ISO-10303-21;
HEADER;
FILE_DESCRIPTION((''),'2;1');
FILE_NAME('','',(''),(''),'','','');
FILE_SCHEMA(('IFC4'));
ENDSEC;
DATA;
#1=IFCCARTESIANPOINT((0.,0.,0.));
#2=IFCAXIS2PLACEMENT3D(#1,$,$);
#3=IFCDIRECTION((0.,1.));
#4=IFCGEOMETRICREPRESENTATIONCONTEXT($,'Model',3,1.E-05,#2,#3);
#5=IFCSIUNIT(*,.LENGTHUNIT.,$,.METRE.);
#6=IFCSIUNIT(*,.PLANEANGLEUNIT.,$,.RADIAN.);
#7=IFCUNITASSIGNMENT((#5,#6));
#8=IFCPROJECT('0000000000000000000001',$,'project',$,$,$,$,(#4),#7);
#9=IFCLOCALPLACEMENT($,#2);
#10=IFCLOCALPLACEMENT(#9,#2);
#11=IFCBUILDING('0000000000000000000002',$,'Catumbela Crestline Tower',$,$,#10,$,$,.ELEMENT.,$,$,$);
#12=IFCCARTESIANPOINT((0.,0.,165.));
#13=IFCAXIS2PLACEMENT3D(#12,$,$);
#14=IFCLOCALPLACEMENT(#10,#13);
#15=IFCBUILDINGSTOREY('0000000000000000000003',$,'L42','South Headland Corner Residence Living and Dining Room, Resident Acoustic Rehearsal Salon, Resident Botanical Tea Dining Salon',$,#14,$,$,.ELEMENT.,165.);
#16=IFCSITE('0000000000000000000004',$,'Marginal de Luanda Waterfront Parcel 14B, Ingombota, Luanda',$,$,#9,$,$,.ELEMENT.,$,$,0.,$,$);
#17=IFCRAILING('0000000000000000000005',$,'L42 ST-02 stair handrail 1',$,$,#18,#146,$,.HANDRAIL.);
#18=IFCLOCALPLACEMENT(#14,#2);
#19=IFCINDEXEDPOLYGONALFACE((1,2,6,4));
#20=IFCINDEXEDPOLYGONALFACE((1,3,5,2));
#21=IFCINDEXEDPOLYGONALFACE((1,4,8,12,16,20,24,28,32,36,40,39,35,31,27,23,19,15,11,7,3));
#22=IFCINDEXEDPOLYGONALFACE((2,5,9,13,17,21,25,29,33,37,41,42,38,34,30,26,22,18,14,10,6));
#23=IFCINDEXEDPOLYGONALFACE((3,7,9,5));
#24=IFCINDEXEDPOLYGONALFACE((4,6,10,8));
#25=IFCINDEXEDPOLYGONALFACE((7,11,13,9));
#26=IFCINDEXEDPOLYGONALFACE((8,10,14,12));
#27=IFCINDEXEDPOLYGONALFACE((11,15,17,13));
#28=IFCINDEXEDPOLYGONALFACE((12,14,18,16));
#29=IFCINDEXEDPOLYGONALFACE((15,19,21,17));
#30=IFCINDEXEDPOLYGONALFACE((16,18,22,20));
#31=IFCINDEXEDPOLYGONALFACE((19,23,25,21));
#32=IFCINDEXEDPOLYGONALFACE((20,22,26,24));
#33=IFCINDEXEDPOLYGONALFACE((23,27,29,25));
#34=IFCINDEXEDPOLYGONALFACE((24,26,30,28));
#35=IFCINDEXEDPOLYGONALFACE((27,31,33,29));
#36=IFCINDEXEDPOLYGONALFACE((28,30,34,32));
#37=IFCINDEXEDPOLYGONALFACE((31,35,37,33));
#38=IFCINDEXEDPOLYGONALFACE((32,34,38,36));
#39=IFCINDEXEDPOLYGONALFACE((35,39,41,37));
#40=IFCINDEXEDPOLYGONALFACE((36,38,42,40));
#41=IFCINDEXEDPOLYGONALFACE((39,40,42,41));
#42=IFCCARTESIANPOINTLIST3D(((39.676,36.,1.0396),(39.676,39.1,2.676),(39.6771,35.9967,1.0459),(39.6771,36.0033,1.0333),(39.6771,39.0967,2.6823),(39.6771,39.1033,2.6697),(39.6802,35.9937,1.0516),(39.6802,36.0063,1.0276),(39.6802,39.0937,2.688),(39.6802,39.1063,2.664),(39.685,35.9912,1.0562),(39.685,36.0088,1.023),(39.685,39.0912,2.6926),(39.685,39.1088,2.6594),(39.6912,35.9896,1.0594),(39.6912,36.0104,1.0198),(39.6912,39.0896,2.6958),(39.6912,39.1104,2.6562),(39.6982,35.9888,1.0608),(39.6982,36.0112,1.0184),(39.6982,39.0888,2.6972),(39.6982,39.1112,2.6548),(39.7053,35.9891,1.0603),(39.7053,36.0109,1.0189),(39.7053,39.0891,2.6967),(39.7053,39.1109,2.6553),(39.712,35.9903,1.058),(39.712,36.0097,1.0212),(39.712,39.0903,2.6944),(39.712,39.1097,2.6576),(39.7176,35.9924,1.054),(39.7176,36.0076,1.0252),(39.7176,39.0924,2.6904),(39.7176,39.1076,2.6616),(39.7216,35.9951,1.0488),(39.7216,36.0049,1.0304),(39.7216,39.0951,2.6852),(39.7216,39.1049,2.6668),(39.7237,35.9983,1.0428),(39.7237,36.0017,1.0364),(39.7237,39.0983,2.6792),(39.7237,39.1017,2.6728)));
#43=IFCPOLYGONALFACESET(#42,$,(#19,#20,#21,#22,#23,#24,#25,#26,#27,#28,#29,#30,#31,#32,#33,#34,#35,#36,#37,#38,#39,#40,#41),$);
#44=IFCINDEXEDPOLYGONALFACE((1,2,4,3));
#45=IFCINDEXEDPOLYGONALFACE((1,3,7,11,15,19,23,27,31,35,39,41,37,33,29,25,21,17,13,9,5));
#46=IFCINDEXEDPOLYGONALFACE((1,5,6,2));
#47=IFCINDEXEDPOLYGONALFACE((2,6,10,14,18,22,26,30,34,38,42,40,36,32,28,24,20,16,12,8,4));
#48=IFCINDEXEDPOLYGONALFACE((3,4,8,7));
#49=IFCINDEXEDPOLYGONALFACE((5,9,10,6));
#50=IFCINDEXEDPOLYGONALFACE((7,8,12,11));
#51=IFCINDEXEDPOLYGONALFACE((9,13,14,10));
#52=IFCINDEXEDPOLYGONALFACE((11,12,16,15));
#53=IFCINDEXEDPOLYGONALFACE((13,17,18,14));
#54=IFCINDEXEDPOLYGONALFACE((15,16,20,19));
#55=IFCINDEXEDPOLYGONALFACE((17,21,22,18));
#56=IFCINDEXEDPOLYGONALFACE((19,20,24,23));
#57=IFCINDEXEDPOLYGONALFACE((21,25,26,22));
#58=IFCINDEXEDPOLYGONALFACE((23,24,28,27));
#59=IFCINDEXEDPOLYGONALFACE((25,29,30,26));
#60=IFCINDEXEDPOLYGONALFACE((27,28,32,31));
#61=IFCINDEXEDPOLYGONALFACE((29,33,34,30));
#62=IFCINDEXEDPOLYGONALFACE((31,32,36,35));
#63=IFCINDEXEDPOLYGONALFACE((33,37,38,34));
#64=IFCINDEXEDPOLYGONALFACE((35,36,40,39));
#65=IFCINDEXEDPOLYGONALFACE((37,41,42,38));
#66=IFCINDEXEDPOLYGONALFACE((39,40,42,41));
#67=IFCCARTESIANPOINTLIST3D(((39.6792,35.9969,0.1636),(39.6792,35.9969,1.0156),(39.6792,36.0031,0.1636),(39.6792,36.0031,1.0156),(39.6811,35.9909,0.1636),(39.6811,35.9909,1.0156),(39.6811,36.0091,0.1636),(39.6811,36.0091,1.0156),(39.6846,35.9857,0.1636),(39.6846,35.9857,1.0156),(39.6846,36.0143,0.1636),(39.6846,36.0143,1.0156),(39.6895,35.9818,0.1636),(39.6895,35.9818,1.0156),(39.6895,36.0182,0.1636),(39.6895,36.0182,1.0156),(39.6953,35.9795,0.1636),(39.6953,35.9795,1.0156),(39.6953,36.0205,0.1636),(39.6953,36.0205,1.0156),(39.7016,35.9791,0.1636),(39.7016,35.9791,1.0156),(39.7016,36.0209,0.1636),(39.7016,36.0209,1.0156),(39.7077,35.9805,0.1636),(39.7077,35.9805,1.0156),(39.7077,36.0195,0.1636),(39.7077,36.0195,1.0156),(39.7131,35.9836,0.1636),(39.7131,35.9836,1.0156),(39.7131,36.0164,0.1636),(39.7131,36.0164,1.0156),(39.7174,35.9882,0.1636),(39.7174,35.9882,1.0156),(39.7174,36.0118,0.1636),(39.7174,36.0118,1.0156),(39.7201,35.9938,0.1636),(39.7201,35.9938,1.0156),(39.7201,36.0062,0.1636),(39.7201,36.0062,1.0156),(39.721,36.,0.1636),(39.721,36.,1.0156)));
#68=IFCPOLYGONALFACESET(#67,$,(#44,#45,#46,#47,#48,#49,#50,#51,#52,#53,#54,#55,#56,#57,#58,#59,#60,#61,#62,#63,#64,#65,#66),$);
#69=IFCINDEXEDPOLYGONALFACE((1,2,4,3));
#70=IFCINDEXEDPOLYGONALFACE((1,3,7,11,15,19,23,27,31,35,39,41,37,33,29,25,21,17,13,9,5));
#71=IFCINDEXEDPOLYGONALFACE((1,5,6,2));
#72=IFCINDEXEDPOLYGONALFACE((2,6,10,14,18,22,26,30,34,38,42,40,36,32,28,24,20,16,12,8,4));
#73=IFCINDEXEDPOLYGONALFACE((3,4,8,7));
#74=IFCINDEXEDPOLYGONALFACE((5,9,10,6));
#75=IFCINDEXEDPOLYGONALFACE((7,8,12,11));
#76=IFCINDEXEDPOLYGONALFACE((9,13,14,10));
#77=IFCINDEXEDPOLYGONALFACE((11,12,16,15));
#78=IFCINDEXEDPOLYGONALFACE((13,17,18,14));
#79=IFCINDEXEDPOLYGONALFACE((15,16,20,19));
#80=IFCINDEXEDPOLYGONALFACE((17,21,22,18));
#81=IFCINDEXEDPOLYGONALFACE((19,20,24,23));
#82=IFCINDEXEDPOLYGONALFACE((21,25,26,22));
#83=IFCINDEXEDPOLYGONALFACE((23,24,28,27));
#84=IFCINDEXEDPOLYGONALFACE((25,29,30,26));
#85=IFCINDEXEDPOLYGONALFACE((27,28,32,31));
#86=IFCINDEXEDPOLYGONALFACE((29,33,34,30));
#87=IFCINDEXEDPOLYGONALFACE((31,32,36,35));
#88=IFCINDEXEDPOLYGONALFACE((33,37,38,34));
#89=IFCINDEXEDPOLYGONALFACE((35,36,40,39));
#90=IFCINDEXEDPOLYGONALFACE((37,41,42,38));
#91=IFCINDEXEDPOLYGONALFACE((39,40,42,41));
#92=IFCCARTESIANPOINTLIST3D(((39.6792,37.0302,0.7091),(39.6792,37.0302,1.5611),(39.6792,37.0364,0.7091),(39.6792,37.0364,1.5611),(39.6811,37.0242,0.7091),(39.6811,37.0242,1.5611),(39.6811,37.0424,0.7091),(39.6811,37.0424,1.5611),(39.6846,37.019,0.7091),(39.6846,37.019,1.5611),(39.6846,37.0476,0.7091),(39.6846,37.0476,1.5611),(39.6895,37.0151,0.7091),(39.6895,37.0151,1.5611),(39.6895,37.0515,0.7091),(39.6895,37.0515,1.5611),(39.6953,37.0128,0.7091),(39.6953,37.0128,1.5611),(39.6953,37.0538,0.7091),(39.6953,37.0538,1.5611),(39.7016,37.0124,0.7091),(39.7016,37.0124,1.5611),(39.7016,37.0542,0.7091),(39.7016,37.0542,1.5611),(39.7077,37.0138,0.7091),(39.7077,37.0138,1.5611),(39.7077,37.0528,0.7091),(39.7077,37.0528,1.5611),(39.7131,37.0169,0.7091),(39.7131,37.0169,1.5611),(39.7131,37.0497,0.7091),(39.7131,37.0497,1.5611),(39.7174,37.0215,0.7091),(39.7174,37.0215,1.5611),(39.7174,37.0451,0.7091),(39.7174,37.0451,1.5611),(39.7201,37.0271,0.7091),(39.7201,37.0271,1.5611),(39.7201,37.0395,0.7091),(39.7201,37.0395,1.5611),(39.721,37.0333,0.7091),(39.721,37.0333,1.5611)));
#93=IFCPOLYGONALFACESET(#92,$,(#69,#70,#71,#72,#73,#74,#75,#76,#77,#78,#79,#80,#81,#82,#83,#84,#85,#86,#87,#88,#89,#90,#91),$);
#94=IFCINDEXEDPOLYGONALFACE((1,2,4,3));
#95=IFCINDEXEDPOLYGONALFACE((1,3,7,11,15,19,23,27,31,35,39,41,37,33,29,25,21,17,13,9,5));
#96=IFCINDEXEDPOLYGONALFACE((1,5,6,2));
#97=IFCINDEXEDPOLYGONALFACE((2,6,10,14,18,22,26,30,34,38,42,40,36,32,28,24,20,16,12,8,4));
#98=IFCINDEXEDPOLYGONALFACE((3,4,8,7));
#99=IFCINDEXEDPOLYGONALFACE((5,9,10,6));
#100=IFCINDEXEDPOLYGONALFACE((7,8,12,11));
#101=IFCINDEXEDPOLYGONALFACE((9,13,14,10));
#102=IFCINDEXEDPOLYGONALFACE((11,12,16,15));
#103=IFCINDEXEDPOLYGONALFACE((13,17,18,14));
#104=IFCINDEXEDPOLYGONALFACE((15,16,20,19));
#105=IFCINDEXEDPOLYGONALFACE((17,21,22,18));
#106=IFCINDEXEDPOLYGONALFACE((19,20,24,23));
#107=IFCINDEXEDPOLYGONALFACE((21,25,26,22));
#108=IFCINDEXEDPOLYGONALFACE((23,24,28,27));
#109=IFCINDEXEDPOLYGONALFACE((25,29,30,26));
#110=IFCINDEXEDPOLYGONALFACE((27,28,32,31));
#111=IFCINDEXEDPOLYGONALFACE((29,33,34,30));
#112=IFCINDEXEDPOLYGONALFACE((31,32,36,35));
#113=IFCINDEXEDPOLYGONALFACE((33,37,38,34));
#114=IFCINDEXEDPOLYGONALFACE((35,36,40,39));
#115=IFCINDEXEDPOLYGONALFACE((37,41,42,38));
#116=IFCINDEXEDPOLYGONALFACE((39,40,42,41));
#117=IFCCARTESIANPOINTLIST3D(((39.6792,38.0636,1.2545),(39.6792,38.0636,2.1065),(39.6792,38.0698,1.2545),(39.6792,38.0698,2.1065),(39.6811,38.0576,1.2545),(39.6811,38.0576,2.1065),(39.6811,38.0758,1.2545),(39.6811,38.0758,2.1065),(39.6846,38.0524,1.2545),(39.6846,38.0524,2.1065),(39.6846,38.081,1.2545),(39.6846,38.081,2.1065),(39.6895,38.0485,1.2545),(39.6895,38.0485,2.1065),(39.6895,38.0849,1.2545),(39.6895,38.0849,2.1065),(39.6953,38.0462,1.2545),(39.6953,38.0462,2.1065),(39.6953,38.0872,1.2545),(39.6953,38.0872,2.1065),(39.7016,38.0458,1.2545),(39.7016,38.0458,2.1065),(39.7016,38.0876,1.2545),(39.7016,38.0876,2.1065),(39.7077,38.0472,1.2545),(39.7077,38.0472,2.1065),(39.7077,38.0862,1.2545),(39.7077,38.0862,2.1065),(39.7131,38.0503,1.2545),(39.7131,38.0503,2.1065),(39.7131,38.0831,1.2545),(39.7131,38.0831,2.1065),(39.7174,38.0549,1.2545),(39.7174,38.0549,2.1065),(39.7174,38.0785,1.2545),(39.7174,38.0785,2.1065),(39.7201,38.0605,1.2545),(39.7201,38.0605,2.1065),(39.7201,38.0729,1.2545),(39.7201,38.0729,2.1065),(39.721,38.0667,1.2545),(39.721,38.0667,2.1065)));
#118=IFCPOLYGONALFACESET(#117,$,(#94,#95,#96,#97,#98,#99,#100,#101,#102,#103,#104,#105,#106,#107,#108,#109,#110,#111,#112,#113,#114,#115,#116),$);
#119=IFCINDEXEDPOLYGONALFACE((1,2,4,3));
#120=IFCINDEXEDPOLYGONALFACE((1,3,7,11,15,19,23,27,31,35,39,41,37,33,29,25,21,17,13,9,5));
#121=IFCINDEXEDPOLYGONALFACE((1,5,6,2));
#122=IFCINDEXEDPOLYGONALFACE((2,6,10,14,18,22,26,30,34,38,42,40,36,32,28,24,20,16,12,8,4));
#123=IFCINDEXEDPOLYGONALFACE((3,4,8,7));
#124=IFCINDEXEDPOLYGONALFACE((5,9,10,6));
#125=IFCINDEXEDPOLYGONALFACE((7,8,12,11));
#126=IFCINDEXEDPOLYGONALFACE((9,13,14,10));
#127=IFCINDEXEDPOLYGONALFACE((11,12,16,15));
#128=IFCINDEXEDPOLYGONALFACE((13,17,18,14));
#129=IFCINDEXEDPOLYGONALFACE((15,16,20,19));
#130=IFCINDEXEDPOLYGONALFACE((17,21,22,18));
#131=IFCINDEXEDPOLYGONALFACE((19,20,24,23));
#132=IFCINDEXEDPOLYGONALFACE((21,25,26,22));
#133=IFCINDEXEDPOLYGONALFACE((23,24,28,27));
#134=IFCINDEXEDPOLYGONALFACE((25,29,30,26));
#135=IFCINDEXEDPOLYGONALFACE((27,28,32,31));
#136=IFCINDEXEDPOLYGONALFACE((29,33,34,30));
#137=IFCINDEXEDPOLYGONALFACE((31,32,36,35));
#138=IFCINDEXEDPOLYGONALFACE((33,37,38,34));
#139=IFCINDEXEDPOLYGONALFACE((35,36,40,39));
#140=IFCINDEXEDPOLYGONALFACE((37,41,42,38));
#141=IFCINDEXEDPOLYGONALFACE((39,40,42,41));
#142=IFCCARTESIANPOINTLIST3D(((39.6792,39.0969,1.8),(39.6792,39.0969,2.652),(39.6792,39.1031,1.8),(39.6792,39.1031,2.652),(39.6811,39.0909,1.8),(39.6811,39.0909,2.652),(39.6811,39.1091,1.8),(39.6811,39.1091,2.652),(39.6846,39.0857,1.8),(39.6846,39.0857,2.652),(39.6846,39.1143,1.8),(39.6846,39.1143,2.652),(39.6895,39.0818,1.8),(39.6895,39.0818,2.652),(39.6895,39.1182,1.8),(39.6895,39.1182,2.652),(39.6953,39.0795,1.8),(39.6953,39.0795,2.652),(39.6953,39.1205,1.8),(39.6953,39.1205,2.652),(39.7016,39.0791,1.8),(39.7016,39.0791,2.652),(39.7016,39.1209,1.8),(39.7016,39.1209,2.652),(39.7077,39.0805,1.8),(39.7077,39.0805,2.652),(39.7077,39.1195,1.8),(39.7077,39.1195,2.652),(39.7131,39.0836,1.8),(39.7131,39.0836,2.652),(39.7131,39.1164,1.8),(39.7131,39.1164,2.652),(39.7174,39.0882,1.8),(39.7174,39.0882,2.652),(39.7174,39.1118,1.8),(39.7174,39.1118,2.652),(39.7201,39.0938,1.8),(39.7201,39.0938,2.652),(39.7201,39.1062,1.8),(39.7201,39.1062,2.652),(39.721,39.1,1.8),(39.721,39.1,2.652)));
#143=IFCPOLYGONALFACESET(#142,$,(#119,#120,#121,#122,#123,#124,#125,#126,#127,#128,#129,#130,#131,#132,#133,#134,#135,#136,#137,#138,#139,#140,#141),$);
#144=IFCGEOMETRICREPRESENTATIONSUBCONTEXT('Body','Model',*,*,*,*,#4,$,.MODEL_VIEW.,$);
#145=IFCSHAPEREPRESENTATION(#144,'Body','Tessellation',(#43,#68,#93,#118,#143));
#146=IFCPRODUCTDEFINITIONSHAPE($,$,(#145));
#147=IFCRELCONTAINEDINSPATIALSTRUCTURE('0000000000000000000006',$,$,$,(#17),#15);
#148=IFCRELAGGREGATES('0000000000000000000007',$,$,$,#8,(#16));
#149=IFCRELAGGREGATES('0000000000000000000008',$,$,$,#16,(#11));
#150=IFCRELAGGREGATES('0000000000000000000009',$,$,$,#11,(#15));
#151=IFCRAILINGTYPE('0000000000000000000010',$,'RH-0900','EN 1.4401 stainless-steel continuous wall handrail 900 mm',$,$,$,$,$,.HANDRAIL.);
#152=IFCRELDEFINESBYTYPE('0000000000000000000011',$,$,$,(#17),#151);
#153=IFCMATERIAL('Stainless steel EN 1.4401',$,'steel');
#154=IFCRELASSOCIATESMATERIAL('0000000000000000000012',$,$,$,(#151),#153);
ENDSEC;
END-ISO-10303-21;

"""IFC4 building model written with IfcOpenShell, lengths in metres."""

from ifc_helpers import new_model, si_unit, direction, frame, origin, origin_2d, place, context, subcontext, project, spatial, circle, extrude, material, type_object, element, save


model = new_model("IFC4")

# Units and contexts
model_context = context("Model", 3, precision=1e-05, world=origin(), true_north=direction((0.0, 1.0)))
body_context = subcontext(model_context, "Body", "Model", "MODEL_VIEW")
ifc_project = project(units=[si_unit("LENGTHUNIT", "METRE"), si_unit("PLANEANGLEUNIT", "RADIAN")], contexts=[model_context])

# Site, building, storey
site_placement = place(None, origin())
site = spatial("IfcSite", under=ifc_project, at=site_placement, Name="Marginal de Luanda Waterfront Parcel 14B, Ingombota, Luanda", CompositionType="ELEMENT", RefElevation=0.0)
building_placement = place(site_placement, origin())
building = spatial("IfcBuilding", under=site, at=building_placement, Name="Catumbela Crestline Tower", CompositionType="ELEMENT")
storey_placement = place(building_placement, frame((0.0, 0.0, 165.0)))
storey = spatial("IfcBuildingStorey", under=building, at=storey_placement, Name="L42", Description="South Headland Corner Residence Living and Dining Room, Resident Acoustic Rehearsal Salon, Resident Botanical Tea Dining Salon", CompositionType="ELEMENT", Elevation=165.0)

# Shared definitions
ifc_material_1 = material(Name="Stainless steel EN 1.4401", Category="steel")

# Railing
railing_type_1 = type_object("IfcRailingType", Name="RH-0900", Description="EN 1.4401 stainless-steel continuous wall handrail 900 mm", PredefinedType="HANDRAIL", material=ifc_material_1)
railing_1_placement = place(storey_placement, frame((39.7, 36.0, 0.1636)))
element("IfcRailing", 1, at=railing_1_placement, inside=storey, type_object=railing_type_1, Name="L42 ST-02 stair handrail 1", PredefinedType="HANDRAIL", context=body_context, shape_type="SweptSolid", body=[
    extrude(circle(Radius=0.024, at=origin_2d()), frame((0.0, 0.0, 0.876), z_axis=(0.0, 0.884351, 0.466823), x_axis=(-1.0, 0.0, 0.0)), (0.0, 0.0, 1.0), 3.5054),
    extrude(circle(Radius=0.021, at=origin_2d()), origin(), (0.0, 0.0, 1.0), 0.852),
    extrude(circle(Radius=0.021, at=origin_2d()), frame((0.0, 1.0333, 0.5455)), (0.0, 0.0, 1.0), 0.852),
    extrude(circle(Radius=0.021, at=origin_2d()), frame((0.0, 2.0667, 1.0909)), (0.0, 0.0, 1.0), 0.852),
    extrude(circle(Radius=0.021, at=origin_2d()), frame((0.0, 3.1, 1.6364)), (0.0, 0.0, 1.0), 0.852),
])

save(model, "model.ifc")
